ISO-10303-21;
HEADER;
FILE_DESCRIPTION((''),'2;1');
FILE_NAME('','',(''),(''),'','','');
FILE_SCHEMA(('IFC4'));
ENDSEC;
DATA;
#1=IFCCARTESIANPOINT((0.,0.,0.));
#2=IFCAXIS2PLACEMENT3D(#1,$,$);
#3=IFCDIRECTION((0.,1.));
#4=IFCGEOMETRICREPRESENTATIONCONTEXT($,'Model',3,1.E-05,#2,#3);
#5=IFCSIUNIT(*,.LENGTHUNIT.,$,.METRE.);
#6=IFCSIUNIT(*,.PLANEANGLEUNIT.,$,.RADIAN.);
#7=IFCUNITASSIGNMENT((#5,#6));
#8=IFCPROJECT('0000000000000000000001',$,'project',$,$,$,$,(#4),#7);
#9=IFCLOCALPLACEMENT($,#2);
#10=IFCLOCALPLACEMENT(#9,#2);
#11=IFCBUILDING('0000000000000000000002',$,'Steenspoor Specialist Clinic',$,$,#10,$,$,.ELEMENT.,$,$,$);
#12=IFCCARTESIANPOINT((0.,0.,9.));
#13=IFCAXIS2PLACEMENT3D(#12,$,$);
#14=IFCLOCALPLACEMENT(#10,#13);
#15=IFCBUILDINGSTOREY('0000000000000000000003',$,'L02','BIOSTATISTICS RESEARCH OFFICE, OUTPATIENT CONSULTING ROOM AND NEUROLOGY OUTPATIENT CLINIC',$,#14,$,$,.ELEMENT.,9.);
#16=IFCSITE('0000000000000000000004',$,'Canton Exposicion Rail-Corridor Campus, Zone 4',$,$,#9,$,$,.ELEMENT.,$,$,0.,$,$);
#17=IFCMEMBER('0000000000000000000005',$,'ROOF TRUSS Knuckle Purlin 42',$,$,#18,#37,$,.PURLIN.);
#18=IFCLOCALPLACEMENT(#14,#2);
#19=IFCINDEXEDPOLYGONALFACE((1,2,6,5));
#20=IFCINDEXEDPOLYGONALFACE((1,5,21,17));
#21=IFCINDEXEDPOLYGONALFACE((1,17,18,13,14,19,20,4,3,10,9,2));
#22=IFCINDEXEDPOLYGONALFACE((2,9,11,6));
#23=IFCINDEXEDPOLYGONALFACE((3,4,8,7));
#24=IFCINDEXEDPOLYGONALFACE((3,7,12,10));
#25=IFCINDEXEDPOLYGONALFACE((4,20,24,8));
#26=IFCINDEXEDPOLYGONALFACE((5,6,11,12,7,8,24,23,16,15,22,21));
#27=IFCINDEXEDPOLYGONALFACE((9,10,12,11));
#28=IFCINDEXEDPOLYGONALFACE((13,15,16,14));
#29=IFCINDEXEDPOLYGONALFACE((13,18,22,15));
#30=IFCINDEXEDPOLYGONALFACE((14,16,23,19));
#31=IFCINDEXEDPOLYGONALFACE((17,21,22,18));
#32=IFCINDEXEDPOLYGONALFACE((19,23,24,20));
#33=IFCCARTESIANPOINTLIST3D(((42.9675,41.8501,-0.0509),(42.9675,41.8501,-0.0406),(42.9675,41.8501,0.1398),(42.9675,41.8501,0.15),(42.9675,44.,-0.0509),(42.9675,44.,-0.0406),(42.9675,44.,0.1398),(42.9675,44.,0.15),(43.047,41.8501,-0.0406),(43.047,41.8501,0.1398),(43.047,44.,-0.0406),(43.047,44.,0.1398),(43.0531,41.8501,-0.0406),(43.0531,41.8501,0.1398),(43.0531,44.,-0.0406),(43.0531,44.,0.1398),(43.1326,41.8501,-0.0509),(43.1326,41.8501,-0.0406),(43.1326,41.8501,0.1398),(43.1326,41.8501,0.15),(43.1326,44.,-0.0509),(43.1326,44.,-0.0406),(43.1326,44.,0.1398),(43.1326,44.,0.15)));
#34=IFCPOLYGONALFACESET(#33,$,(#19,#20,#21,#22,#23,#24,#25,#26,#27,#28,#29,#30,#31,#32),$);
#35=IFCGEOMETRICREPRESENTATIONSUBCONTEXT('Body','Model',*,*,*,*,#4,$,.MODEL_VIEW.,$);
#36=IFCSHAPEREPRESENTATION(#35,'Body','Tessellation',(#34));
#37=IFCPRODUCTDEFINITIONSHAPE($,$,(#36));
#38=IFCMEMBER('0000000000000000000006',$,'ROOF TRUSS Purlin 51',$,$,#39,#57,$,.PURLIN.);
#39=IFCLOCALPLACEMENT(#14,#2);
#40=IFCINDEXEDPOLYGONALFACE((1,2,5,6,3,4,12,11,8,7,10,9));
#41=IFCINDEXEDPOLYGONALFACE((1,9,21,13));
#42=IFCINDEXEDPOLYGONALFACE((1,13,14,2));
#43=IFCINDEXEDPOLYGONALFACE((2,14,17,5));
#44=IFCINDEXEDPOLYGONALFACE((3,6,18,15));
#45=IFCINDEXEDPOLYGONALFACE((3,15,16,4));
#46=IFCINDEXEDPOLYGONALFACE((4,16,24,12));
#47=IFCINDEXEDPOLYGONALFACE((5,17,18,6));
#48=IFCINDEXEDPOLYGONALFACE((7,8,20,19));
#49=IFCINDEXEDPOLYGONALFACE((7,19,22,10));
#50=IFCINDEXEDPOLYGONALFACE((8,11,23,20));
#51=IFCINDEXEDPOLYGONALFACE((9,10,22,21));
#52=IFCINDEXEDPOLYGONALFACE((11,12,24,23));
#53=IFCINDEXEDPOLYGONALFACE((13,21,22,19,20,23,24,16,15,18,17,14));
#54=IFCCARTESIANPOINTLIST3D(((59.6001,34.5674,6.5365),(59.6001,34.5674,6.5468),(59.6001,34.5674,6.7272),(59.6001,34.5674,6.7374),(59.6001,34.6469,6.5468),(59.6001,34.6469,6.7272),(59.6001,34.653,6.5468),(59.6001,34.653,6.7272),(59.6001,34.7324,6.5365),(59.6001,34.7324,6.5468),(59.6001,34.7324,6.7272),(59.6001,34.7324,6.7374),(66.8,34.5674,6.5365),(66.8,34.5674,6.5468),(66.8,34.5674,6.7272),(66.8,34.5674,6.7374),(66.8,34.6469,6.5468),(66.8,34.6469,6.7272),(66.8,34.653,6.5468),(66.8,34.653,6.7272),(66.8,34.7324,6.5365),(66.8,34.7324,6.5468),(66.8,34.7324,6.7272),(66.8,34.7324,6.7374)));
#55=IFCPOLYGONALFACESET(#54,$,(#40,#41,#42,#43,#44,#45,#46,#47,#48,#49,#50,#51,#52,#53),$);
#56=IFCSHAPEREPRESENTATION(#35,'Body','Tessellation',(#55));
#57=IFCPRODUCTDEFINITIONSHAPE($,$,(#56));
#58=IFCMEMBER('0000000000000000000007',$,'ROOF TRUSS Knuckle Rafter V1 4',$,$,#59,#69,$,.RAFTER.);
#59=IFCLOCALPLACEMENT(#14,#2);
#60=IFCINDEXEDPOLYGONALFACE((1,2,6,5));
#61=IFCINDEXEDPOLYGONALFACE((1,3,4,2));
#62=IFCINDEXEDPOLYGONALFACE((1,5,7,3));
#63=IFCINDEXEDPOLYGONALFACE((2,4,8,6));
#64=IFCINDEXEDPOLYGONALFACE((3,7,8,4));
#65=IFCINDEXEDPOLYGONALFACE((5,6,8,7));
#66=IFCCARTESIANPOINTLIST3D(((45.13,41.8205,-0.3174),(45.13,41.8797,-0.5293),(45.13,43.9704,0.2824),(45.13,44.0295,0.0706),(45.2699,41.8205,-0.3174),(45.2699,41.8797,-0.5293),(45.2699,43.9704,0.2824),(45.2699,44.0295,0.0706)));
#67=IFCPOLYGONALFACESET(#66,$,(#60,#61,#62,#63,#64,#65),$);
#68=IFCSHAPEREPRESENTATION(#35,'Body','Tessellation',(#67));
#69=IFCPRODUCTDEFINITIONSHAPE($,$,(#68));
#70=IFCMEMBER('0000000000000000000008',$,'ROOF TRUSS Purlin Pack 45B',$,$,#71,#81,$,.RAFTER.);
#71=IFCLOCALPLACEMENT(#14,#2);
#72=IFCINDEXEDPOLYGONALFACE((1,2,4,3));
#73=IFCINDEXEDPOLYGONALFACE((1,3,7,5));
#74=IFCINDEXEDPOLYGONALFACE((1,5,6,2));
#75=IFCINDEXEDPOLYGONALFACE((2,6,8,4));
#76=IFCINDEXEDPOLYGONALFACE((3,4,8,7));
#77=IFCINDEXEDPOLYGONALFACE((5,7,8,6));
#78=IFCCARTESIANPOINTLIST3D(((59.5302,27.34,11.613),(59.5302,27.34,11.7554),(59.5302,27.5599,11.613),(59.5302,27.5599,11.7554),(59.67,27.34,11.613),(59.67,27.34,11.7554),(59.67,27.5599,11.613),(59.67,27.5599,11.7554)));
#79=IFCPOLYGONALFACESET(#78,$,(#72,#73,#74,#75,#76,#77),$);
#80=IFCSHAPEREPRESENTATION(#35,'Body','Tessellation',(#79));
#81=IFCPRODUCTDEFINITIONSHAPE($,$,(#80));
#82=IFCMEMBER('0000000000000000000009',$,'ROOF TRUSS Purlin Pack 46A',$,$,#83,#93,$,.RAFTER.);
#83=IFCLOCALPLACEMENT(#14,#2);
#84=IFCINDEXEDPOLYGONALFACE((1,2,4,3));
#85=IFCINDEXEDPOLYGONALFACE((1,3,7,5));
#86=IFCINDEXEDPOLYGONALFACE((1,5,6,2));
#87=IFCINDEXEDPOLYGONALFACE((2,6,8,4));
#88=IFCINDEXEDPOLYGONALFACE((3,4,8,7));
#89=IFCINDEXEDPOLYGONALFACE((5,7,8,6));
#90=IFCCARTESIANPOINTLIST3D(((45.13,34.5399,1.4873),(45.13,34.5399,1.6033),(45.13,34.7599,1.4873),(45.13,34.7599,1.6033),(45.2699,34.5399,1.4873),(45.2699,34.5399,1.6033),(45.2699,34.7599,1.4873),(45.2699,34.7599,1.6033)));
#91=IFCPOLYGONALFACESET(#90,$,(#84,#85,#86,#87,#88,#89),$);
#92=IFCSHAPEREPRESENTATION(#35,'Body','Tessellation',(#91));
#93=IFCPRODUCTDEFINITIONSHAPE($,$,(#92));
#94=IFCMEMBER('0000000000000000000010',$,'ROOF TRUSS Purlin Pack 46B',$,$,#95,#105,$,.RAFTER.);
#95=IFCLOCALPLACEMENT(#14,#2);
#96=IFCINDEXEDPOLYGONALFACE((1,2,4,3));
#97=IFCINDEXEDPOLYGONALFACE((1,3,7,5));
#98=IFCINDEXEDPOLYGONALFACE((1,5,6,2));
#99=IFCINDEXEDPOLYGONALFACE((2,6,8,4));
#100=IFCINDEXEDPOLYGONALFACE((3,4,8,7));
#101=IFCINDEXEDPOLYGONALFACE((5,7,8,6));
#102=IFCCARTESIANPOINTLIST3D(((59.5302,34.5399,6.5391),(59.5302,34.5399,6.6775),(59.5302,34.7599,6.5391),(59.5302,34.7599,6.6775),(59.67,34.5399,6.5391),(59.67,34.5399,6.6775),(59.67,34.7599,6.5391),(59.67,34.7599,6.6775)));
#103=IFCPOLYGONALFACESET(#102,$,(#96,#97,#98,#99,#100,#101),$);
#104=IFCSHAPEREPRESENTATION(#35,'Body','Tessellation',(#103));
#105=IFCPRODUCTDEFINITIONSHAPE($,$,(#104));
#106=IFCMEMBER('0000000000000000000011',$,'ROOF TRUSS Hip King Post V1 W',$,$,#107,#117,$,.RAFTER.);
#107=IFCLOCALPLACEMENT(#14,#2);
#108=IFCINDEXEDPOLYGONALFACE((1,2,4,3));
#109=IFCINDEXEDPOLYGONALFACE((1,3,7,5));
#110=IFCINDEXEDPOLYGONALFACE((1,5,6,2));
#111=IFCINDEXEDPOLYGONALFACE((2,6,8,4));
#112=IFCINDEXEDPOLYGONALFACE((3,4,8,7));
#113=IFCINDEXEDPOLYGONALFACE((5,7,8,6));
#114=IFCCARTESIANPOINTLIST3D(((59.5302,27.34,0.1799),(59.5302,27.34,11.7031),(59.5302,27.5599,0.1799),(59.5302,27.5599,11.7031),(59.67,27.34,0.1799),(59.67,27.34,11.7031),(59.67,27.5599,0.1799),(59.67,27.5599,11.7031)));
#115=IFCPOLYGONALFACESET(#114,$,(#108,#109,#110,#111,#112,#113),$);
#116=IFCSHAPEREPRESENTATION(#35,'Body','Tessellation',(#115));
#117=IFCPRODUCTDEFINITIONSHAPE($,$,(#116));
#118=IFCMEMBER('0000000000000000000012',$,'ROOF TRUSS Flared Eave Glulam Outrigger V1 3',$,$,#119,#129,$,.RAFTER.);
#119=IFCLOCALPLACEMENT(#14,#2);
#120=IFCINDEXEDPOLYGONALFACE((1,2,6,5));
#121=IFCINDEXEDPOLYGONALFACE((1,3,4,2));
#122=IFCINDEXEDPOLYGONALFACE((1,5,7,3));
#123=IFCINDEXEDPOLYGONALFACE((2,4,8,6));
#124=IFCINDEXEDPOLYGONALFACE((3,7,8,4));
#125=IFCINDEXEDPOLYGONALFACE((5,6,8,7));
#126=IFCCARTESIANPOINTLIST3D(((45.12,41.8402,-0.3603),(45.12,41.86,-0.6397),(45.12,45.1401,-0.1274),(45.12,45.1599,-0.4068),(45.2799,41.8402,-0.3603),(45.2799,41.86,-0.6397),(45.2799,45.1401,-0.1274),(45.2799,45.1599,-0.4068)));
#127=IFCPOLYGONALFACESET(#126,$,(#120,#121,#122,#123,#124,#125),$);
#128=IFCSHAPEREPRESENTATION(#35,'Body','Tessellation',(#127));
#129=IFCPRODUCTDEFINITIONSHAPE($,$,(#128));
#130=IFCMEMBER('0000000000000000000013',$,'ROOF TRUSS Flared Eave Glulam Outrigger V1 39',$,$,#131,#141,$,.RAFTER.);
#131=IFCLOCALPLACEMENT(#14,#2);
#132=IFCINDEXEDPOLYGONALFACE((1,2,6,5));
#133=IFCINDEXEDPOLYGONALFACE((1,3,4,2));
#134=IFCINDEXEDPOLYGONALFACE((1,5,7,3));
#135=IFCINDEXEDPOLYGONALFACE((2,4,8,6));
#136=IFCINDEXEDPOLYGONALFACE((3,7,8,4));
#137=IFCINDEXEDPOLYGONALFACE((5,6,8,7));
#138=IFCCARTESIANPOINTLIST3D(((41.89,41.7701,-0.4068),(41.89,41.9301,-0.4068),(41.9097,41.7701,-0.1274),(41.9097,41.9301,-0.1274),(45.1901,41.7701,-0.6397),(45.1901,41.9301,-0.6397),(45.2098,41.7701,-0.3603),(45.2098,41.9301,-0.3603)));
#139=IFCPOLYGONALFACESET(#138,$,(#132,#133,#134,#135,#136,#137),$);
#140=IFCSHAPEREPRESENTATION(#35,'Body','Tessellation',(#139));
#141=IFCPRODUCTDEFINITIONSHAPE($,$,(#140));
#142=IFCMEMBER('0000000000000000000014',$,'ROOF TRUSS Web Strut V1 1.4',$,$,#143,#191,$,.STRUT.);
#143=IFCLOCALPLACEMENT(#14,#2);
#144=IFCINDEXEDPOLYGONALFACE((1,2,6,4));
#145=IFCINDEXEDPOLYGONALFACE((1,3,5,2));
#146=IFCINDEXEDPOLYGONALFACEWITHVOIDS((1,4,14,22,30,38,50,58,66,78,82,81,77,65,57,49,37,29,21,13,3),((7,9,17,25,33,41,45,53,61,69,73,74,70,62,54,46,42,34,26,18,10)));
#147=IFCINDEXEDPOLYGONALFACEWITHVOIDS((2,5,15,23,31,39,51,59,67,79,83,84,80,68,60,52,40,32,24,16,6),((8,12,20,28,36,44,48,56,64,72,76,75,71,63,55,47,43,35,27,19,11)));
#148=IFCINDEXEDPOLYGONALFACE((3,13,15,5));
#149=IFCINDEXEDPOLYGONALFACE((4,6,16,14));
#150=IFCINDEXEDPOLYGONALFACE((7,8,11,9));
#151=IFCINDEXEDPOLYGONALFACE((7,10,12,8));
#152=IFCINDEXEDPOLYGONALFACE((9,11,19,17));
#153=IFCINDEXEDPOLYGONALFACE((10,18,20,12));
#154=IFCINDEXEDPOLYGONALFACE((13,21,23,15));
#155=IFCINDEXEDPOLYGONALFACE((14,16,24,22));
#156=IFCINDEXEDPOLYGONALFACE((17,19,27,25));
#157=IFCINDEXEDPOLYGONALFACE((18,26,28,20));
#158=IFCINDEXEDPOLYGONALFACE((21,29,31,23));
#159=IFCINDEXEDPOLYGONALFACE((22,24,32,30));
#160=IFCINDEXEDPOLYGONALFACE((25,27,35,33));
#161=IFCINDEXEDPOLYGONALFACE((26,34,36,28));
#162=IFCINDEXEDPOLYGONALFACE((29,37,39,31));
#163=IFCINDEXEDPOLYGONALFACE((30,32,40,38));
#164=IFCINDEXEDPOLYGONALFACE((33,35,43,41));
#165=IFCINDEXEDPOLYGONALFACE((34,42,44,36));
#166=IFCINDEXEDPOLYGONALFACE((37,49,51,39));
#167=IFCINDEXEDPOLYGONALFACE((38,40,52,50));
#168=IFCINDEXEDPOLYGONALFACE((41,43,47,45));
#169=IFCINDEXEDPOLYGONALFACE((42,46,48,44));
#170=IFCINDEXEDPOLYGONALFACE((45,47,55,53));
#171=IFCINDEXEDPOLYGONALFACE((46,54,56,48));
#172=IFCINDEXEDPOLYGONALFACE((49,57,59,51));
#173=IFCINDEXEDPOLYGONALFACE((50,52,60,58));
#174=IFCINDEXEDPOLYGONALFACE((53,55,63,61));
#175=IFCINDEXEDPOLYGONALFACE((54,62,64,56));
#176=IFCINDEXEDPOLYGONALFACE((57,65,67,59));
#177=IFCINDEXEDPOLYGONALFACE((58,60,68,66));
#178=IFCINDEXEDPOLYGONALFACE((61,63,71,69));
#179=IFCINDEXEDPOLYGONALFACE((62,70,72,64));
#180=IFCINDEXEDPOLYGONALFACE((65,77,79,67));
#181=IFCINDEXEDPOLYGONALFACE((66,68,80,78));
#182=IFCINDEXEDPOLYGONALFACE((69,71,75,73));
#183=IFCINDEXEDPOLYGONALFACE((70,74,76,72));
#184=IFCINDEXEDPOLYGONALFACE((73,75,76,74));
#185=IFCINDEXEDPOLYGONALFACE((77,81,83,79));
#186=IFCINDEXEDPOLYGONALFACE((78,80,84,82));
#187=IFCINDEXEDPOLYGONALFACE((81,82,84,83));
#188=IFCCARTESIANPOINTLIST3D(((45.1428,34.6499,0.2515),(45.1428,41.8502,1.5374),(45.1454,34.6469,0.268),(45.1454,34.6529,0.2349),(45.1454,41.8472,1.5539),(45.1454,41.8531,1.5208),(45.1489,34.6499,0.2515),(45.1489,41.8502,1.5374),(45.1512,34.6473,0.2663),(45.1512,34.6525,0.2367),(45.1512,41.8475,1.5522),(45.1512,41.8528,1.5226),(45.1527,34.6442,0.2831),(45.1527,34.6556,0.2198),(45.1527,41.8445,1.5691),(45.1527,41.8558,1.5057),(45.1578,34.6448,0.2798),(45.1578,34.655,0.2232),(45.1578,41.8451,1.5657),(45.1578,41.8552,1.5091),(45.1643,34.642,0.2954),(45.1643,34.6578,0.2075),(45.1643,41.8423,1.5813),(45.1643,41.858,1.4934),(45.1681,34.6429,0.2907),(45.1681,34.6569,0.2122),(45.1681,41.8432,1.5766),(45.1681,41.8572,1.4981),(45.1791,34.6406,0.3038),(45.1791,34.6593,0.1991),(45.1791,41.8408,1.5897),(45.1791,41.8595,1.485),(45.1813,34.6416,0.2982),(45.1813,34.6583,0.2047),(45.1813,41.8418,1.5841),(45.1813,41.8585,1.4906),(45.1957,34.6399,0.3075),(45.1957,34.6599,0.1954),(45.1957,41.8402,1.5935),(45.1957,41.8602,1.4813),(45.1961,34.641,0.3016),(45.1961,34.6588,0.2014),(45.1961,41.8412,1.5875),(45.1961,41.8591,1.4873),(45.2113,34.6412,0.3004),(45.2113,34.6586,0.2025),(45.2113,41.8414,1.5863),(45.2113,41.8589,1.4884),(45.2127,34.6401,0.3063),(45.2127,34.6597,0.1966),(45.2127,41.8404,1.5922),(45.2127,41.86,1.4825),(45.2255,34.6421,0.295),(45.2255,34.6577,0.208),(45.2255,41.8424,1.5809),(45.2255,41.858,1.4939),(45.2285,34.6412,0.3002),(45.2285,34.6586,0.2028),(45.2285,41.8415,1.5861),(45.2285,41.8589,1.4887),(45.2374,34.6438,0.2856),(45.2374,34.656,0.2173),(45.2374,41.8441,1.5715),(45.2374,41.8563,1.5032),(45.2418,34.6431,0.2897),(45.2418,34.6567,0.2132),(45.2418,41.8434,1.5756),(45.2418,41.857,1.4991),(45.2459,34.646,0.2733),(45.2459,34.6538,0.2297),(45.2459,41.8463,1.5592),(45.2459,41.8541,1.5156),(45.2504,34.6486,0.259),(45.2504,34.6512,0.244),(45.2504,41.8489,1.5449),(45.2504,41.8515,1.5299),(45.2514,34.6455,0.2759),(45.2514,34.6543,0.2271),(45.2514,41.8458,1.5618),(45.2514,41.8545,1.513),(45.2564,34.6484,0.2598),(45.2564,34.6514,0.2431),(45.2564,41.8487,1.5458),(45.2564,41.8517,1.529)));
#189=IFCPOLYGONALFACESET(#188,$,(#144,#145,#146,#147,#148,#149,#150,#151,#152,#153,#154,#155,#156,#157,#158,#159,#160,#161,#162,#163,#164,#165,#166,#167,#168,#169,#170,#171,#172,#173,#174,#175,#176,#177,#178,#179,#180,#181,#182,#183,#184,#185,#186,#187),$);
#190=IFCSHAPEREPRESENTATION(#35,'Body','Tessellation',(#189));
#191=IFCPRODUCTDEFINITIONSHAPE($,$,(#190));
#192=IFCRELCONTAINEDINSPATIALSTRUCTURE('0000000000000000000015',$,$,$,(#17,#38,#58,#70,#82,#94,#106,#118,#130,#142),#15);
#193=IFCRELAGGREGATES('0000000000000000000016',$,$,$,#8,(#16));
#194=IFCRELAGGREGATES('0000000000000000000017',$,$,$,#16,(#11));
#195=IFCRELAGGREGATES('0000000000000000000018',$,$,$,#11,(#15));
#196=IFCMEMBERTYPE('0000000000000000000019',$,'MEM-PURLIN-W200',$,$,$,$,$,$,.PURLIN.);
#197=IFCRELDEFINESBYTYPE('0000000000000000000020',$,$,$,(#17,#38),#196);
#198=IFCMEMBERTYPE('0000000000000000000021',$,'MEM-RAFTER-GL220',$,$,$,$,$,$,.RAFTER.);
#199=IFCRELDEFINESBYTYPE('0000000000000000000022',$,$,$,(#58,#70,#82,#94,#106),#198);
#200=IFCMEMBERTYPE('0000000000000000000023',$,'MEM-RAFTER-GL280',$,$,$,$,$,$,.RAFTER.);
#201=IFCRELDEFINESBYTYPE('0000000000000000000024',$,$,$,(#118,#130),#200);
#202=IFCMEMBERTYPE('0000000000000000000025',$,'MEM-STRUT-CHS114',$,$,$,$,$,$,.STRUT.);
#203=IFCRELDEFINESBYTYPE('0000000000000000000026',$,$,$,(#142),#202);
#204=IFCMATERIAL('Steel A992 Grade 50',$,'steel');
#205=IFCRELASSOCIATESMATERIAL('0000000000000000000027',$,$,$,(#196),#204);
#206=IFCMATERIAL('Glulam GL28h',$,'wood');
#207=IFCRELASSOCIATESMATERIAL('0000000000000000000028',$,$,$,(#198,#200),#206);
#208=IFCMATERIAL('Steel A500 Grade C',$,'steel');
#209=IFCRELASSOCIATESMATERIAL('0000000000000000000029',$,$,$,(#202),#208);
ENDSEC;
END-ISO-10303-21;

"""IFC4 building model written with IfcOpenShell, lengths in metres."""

from ifc_helpers import new_model, si_unit, direction, frame, origin, origin_2d, place, context, subcontext, project, spatial, rectangle, hollow_circle, i_section, extrude, material, material_profile, profile_set, type_object, element, save


model = new_model("IFC4")

# Units and contexts
model_context = context("Model", 3, precision=1e-05, world=origin(), true_north=direction((0.0, 1.0)))
body_context = subcontext(model_context, "Body", "Model", "MODEL_VIEW")
ifc_project = project(units=[si_unit("LENGTHUNIT", "METRE"), si_unit("PLANEANGLEUNIT", "RADIAN")], contexts=[model_context])

# Site, building, storey
site_placement = place(None, origin())
site = spatial("IfcSite", under=ifc_project, at=site_placement, Name="Canton Exposicion Rail-Corridor Campus, Zone 4", CompositionType="ELEMENT", RefElevation=0.0)
building_placement = place(site_placement, origin())
building = spatial("IfcBuilding", under=site, at=building_placement, Name="Steenspoor Specialist Clinic", CompositionType="ELEMENT")
storey_placement = place(building_placement, frame((0.0, 0.0, 9.0)))
storey = spatial("IfcBuildingStorey", under=building, at=storey_placement, Name="L02", Description="BIOSTATISTICS RESEARCH OFFICE, OUTPATIENT CONSULTING ROOM AND NEUROLOGY OUTPATIENT CLINIC", CompositionType="ELEMENT", Elevation=9.0)

# Members
ifc_material_1 = material(Name="Steel A500 Grade C", Category="steel")
ifc_material_2 = material(Name="Steel A992 Grade 50", Category="steel")
ifc_material_profile_1 = material_profile(ifc_material_2, i_section(OverallWidth=0.165, OverallDepth=0.2009, WebThickness=0.0061, FlangeThickness=0.0103, at=origin_2d()), Name="W200X36")
ifc_profile_set_1 = profile_set([ifc_material_profile_1], Name="Steel A992 Grade 50")
member_type_1 = type_object("IfcMemberType", Name="MEM-PURLIN-W200", PredefinedType="PURLIN", material=ifc_profile_set_1)
member_1_placement = place(storey_placement, frame((43.05, 41.8501, 0.0496), z_axis=(0.0, 1.0, 0.0), x_axis=(-1.0, 0.0, 0.0)))
element("IfcMember", 1, at=member_1_placement, inside=storey, type_object=member_type_1, Name="ROOF TRUSS Knuckle Purlin 42", PredefinedType="PURLIN", context=body_context, shape_type="SweptSolid", body=[
    extrude(i_section(OverallWidth=0.165, OverallDepth=0.2009, WebThickness=0.0061, FlangeThickness=0.0103, at=origin_2d()), origin(), (0.0, 0.0, 1.0), 2.1499),
])
member_2_placement = place(storey_placement, frame((59.6001, 34.6499, 6.637), z_axis=(1.0, 0.0, 0.0), x_axis=(0.0, 1.0, 0.0)))
element("IfcMember", 2, at=member_2_placement, inside=storey, type_object=member_type_1, Name="ROOF TRUSS Purlin 51", PredefinedType="PURLIN", context=body_context, shape_type="SweptSolid", body=[
    extrude(i_section(OverallWidth=0.165, OverallDepth=0.2009, WebThickness=0.0061, FlangeThickness=0.0103, at=origin_2d()), origin(), (0.0, 0.0, 1.0), 7.2),
])
ifc_material_3 = material(Name="Glulam GL28h", Category="wood")
ifc_material_profile_2 = material_profile(ifc_material_3, rectangle(XDim=0.1399, YDim=0.22, at=origin_2d()), Name="GL28H-140X220")
ifc_profile_set_2 = profile_set([ifc_material_profile_2], Name="Glulam GL28h")
member_type_2 = type_object("IfcMemberType", Name="MEM-RAFTER-GL220", PredefinedType="RAFTER", material=ifc_profile_set_2)
member_3_placement = place(storey_placement, frame((45.2, 41.8501, -0.4233), z_axis=(0.0, 0.96321, 0.268749), x_axis=(-1.0, 0.0, 0.0)))
element("IfcMember", 3, at=member_3_placement, inside=storey, type_object=member_type_2, Name="ROOF TRUSS Knuckle Rafter V1 4", PredefinedType="RAFTER", context=body_context, shape_type="SweptSolid", body=[
    extrude(rectangle(XDim=0.1399, YDim=0.22, at=origin_2d()), origin(), (0.0, 0.0, 1.0), 2.2319),
])
member_4_placement = place(storey_placement, frame((59.6001, 27.45, 11.613), z_axis=(0.0, 0.0, 1.0), x_axis=(1.0, 0.0, 0.0)))
element("IfcMember", 4, at=member_4_placement, inside=storey, type_object=member_type_2, Name="ROOF TRUSS Purlin Pack 45B", PredefinedType="RAFTER", context=body_context, shape_type="SweptSolid", body=[
    extrude(rectangle(XDim=0.1399, YDim=0.22, at=origin_2d()), origin(), (0.0, 0.0, 1.0), 0.1423),
])
member_5_placement = place(storey_placement, frame((45.2, 34.6499, 1.4873), z_axis=(0.0, 0.0, 1.0), x_axis=(1.0, 0.0, 0.0)))
element("IfcMember", 5, at=member_5_placement, inside=storey, type_object=member_type_2, Name="ROOF TRUSS Purlin Pack 46A", PredefinedType="RAFTER", context=body_context, shape_type="SweptSolid", body=[
    extrude(rectangle(XDim=0.1399, YDim=0.22, at=origin_2d()), origin(), (0.0, 0.0, 1.0), 0.116),
])
member_6_placement = place(storey_placement, frame((59.6001, 34.6499, 6.5391), z_axis=(0.0, 0.0, 1.0), x_axis=(1.0, 0.0, 0.0)))
element("IfcMember", 6, at=member_6_placement, inside=storey, type_object=member_type_2, Name="ROOF TRUSS Purlin Pack 46B", PredefinedType="RAFTER", context=body_context, shape_type="SweptSolid", body=[
    extrude(rectangle(XDim=0.1399, YDim=0.22, at=origin_2d()), origin(), (0.0, 0.0, 1.0), 0.1384),
])
member_7_placement = place(storey_placement, frame((59.6001, 27.45, 0.1799), z_axis=(0.0, 0.0, 1.0), x_axis=(1.0, 0.0, 0.0)))
element("IfcMember", 7, at=member_7_placement, inside=storey, type_object=member_type_2, Name="ROOF TRUSS Hip King Post V1 W", PredefinedType="RAFTER", context=body_context, shape_type="SweptSolid", body=[
    extrude(rectangle(XDim=0.1399, YDim=0.22, at=origin_2d()), origin(), (0.0, 0.0, 1.0), 11.5232),
])
ifc_material_profile_3 = material_profile(ifc_material_3, rectangle(XDim=0.1599, YDim=0.28, at=origin_2d()), Name="GL28H-160X280")
ifc_profile_set_3 = profile_set([ifc_material_profile_3], Name="Glulam GL28h")
member_type_3 = type_object("IfcMemberType", Name="MEM-RAFTER-GL280", PredefinedType="RAFTER", material=ifc_profile_set_3)
member_8_placement = place(storey_placement, frame((45.2, 41.8501, -0.5), z_axis=(0.0, 0.997518, 0.070408), x_axis=(-1.0, 0.0, 0.0)))
element("IfcMember", 8, at=member_8_placement, inside=storey, type_object=member_type_3, Name="ROOF TRUSS Flared Eave Glulam Outrigger V1 3", PredefinedType="RAFTER", context=body_context, shape_type="SweptSolid", body=[
    extrude(rectangle(XDim=0.1599, YDim=0.28, at=origin_2d()), origin(), (0.0, 0.0, 1.0), 3.3081),
])
member_9_placement = place(storey_placement, frame((45.2, 41.8501, -0.5), z_axis=(-0.997519, 0.0, 0.070403), x_axis=(0.0, -1.0, 0.0)))
element("IfcMember", 9, at=member_9_placement, inside=storey, type_object=member_type_3, Name="ROOF TRUSS Flared Eave Glulam Outrigger V1 39", PredefinedType="RAFTER", context=body_context, shape_type="SweptSolid", body=[
    extrude(rectangle(XDim=0.1599, YDim=0.28, at=origin_2d()), origin(), (0.0, 0.0, 1.0), 3.3083),
])
ifc_material_profile_4 = material_profile(ifc_material_1, hollow_circle(Radius=0.0571, WallThickness=0.0061, at=origin_2d()), Name="CHS114X6.0")
ifc_profile_set_4 = profile_set([ifc_material_profile_4], Name="Steel A500 Grade C")
member_type_4 = type_object("IfcMemberType", Name="MEM-STRUT-CHS114", PredefinedType="STRUT", material=ifc_profile_set_4)
member_10_placement = place(storey_placement, frame((45.2, 34.6499, 0.2515), z_axis=(0.0, 0.984424, 0.175809), x_axis=(-1.0, 0.0, 0.0)))
element("IfcMember", 10, at=member_10_placement, inside=storey, type_object=member_type_4, Name="ROOF TRUSS Web Strut V1 1.4", PredefinedType="STRUT", context=body_context, shape_type="SweptSolid", body=[
    extrude(hollow_circle(Radius=0.0571, WallThickness=0.0061, at=origin_2d()), origin(), (0.0, 0.0, 1.0), 7.3142),
])

save(model, "model.ifc")
